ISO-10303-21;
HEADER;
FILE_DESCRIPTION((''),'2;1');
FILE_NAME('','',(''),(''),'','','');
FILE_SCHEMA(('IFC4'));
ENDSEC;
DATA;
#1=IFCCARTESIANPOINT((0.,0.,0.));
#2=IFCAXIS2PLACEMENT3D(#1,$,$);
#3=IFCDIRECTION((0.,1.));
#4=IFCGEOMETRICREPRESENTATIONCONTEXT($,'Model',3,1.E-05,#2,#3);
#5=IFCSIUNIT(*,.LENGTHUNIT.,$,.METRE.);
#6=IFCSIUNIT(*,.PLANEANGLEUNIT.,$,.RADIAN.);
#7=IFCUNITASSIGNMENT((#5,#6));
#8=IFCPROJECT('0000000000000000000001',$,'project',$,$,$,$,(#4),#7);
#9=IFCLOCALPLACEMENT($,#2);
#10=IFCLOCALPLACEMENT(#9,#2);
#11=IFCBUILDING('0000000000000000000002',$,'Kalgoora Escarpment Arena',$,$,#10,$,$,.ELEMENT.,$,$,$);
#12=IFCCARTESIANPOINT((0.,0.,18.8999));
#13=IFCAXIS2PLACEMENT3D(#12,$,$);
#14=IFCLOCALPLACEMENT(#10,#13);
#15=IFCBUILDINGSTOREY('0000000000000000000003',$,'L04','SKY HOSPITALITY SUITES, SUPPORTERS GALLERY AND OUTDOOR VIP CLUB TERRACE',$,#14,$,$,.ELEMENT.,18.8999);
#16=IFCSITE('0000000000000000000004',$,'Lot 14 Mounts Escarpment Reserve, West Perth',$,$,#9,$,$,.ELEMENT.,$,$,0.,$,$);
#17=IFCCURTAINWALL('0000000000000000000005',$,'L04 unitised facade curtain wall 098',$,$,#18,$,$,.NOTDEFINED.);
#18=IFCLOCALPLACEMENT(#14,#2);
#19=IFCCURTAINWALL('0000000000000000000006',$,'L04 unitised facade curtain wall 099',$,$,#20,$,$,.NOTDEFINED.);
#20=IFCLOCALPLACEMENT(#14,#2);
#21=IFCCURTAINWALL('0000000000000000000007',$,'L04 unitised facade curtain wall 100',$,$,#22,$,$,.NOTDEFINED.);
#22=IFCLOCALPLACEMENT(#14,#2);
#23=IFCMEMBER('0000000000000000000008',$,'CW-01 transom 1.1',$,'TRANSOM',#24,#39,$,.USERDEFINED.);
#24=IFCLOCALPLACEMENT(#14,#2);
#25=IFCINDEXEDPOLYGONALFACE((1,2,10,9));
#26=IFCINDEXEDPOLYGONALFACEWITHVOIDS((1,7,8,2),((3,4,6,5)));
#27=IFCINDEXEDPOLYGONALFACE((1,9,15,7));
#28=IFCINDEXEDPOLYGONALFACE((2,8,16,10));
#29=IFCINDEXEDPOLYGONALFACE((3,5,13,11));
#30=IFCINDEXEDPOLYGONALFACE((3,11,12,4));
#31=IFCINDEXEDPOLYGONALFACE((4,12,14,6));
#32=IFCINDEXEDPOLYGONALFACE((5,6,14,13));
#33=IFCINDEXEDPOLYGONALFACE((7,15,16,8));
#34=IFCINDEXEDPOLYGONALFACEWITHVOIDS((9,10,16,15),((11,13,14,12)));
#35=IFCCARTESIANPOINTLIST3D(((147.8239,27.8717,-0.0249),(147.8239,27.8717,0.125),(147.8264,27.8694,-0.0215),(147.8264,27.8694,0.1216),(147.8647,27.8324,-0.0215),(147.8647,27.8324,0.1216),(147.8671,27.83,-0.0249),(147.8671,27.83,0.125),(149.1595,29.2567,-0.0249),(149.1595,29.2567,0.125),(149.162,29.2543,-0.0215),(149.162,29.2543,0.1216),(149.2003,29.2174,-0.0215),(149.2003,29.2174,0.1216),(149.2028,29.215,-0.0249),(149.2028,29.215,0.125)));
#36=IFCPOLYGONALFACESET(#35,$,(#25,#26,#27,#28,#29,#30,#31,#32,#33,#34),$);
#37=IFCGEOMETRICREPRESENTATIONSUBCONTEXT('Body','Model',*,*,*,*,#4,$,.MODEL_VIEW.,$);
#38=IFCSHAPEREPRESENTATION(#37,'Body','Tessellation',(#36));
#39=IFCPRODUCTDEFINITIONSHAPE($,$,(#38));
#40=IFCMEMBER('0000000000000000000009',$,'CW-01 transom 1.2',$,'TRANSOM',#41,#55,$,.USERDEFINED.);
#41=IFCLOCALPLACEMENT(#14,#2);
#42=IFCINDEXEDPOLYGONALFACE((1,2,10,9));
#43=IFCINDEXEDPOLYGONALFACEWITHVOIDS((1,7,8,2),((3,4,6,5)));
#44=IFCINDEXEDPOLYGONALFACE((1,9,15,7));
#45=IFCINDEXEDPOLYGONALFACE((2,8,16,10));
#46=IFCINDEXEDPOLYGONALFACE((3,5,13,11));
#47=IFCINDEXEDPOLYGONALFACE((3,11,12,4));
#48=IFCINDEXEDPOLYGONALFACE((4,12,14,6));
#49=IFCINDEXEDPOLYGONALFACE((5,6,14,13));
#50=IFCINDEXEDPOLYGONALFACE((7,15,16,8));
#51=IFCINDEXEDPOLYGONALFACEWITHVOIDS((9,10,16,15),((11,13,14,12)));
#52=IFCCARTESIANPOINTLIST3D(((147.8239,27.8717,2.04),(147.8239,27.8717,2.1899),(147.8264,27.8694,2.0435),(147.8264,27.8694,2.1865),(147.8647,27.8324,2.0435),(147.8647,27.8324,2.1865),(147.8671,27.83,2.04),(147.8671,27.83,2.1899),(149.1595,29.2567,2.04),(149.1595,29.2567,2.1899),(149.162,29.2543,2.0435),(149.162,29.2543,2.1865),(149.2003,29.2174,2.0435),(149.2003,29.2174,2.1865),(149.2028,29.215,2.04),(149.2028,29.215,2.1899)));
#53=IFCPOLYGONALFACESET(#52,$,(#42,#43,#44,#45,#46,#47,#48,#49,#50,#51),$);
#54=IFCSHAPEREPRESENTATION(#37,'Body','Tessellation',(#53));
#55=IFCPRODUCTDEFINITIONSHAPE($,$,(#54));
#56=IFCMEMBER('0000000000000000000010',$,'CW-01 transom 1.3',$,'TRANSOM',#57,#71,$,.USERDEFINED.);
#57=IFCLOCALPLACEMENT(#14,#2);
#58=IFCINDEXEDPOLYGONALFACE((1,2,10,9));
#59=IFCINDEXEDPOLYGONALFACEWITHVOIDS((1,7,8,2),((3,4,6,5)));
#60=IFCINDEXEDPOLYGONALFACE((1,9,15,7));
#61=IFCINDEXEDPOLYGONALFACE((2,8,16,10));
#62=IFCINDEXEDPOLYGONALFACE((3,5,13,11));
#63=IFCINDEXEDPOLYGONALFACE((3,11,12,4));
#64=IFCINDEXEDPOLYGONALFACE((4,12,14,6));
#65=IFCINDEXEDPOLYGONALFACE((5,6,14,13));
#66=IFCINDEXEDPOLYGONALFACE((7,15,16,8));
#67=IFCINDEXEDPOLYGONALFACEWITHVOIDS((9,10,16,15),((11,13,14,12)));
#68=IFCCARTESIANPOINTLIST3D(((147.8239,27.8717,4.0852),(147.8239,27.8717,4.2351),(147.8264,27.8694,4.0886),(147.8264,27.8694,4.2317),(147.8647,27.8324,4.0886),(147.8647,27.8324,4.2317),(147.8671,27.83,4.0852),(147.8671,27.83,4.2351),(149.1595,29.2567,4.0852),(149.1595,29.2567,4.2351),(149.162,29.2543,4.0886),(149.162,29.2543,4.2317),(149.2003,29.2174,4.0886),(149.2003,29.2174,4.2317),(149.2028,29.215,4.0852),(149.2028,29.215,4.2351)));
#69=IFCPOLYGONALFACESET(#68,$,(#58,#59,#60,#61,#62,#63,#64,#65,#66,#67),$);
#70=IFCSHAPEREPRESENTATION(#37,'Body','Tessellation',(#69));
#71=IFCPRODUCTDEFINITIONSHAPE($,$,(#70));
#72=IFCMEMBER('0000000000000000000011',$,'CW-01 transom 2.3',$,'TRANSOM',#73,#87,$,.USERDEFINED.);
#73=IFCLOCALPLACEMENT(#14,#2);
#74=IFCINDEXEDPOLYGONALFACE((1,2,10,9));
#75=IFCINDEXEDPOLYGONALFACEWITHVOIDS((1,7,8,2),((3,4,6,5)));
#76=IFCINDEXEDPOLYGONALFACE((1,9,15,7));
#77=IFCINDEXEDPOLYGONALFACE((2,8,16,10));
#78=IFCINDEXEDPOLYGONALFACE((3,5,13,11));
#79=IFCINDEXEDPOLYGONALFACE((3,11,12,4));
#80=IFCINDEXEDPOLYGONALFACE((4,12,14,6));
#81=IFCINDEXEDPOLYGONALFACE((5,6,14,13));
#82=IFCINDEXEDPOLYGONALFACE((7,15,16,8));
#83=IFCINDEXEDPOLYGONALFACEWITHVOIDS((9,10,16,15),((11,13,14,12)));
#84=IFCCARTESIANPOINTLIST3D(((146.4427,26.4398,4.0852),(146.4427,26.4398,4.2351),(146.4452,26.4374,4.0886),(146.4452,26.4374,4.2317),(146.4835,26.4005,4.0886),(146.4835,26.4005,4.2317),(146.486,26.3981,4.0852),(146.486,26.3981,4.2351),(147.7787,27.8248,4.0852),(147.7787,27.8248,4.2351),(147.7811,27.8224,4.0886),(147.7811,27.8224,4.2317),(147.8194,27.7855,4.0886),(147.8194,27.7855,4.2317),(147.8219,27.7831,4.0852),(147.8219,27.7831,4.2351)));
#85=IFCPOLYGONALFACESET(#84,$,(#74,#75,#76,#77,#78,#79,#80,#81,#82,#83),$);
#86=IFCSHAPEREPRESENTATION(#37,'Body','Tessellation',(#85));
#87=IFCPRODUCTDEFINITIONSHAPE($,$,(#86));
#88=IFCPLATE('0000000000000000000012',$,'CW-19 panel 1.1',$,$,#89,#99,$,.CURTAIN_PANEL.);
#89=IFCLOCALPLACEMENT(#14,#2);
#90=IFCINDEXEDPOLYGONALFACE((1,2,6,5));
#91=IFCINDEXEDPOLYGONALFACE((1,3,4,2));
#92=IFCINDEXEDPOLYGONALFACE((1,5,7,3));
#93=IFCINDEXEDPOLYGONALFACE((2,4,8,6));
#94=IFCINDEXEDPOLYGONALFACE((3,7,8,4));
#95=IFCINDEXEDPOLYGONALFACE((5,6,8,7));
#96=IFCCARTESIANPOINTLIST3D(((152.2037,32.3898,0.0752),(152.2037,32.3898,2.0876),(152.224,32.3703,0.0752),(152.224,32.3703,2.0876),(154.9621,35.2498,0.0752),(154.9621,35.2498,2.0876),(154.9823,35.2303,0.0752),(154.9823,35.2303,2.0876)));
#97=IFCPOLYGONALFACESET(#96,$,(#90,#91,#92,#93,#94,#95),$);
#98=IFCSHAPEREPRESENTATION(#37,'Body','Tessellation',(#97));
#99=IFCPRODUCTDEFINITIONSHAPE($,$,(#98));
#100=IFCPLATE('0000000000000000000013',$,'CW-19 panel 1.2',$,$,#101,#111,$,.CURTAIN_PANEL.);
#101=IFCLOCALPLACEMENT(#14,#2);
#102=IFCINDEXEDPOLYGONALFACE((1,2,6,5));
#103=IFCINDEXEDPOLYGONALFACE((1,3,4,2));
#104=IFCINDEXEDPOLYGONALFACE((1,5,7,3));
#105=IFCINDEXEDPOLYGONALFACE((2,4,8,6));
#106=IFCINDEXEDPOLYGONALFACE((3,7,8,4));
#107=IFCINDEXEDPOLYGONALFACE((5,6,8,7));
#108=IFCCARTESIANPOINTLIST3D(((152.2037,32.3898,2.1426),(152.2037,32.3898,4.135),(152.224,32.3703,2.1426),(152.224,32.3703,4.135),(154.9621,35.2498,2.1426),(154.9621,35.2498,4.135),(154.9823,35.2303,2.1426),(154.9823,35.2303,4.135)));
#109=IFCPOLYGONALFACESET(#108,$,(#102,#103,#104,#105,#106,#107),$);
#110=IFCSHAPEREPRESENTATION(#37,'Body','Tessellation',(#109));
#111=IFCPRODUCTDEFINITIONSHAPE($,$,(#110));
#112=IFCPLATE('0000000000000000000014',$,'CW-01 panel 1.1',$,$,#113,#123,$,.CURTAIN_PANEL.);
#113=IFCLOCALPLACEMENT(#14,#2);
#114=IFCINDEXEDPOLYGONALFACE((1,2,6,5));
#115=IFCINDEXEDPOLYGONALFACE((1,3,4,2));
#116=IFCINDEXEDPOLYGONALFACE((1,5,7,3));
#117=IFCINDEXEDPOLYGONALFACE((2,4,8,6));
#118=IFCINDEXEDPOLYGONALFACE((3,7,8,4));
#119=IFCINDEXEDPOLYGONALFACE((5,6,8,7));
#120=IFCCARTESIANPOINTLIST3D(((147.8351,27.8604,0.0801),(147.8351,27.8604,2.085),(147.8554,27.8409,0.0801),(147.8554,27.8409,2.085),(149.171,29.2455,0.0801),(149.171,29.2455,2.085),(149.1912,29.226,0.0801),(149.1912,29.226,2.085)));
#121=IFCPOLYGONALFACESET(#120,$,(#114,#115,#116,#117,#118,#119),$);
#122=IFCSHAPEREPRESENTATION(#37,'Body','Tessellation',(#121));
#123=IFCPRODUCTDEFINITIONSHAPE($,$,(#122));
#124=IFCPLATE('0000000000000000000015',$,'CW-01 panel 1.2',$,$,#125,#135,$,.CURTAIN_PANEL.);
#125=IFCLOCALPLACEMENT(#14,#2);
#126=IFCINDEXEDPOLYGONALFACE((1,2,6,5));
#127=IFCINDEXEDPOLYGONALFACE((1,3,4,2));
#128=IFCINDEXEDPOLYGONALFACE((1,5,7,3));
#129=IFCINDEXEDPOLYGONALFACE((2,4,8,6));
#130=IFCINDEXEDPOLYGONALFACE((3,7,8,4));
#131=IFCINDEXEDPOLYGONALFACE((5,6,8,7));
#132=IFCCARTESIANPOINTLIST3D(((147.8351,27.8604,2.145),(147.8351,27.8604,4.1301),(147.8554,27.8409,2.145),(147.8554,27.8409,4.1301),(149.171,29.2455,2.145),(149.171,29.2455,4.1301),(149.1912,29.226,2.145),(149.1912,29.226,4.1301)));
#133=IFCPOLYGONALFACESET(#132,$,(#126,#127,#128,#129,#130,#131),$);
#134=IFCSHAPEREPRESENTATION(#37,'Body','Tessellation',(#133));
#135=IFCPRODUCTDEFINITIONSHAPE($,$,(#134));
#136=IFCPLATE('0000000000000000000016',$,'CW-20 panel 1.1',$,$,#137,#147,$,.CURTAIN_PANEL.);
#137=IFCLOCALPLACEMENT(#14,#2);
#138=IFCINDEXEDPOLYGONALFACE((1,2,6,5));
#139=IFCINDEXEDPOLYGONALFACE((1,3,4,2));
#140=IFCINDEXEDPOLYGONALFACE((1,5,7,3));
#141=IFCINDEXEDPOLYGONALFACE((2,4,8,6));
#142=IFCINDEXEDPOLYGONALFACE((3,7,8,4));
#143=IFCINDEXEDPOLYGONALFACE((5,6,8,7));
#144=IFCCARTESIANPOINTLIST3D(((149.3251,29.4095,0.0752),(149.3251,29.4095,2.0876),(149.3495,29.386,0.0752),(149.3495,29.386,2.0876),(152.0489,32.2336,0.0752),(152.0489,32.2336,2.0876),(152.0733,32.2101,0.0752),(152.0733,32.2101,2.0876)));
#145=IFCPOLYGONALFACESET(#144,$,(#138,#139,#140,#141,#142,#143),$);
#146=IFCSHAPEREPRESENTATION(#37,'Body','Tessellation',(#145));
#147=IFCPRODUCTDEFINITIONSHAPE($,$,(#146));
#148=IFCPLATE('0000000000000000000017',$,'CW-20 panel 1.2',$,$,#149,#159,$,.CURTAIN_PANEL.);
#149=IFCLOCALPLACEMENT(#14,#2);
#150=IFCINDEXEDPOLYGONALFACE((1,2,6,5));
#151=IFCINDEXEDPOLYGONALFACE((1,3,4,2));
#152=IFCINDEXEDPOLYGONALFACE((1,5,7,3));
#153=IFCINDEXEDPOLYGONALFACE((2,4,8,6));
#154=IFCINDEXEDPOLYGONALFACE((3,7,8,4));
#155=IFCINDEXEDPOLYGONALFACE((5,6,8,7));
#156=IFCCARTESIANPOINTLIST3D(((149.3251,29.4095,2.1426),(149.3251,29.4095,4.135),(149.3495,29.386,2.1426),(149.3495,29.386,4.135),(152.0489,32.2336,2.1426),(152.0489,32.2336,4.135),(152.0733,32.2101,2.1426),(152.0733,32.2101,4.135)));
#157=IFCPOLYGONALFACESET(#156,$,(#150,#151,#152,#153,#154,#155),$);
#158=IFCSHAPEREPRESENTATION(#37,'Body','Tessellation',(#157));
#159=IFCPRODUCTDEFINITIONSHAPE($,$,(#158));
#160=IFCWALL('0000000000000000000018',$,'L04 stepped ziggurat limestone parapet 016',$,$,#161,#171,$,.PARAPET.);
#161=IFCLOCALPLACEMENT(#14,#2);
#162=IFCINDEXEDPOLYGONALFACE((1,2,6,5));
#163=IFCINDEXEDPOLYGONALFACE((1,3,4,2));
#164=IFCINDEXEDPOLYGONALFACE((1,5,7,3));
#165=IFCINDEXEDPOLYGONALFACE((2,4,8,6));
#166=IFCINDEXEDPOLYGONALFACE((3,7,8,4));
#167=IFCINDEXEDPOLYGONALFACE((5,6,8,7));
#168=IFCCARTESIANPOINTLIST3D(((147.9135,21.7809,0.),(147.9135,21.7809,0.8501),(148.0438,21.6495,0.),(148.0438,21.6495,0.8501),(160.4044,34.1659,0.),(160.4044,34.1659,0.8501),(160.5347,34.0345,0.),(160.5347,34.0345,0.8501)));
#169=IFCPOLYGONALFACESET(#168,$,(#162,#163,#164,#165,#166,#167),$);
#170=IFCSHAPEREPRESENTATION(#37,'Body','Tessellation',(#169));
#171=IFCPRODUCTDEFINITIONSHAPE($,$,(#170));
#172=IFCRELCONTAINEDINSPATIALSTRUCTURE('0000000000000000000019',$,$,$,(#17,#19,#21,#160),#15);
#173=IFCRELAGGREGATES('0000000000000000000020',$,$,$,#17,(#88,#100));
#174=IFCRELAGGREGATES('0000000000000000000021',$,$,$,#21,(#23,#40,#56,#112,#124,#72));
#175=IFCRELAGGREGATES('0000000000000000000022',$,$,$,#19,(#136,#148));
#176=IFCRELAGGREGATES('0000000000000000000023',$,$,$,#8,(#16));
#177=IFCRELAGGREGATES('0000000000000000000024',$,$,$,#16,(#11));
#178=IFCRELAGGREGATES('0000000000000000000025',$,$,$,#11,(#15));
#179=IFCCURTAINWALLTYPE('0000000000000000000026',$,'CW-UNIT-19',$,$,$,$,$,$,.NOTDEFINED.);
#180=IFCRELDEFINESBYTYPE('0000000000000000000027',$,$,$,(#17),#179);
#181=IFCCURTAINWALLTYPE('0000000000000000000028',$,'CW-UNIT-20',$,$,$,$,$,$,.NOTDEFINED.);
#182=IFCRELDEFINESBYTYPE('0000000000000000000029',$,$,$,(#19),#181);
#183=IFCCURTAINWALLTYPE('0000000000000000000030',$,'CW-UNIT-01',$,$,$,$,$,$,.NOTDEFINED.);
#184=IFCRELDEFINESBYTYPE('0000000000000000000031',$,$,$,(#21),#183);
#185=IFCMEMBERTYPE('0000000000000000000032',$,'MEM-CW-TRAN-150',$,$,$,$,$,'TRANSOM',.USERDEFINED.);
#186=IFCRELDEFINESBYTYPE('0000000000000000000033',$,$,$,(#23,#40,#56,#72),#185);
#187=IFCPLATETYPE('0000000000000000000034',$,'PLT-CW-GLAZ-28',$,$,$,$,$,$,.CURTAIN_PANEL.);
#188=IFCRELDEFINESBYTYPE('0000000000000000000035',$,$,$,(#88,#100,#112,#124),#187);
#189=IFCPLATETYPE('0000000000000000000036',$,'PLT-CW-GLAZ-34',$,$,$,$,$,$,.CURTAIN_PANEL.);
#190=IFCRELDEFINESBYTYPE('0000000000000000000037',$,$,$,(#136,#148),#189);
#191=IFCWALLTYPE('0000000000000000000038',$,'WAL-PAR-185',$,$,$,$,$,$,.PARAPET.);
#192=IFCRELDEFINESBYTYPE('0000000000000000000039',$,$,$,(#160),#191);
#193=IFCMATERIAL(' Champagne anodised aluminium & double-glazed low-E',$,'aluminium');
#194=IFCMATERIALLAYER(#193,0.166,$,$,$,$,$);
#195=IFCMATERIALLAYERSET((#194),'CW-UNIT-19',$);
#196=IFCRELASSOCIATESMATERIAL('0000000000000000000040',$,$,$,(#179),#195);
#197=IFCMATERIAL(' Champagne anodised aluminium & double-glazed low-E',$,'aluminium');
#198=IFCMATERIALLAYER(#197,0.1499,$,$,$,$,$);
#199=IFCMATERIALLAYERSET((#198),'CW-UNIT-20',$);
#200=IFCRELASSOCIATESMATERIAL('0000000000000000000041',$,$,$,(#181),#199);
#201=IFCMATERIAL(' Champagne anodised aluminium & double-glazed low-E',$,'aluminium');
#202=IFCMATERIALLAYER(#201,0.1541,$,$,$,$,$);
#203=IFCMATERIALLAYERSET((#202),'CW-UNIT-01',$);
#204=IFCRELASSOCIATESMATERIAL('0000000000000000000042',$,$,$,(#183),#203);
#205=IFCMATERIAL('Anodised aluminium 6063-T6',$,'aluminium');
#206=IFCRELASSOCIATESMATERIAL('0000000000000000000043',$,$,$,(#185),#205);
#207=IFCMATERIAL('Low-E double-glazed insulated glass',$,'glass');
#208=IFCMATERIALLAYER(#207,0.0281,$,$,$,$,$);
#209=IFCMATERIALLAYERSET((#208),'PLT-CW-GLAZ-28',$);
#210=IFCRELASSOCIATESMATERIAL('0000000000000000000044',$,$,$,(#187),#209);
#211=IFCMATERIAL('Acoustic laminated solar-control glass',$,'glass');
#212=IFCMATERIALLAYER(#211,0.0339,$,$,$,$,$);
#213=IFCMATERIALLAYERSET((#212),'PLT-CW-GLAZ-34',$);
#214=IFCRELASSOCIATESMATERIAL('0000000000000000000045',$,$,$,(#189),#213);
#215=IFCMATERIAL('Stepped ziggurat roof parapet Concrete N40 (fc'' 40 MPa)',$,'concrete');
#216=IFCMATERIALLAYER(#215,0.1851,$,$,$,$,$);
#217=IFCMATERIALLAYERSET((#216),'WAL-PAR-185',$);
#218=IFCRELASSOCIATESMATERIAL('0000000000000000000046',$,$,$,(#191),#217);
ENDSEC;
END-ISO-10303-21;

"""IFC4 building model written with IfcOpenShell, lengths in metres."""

from ifc_helpers import new_model, si_unit, direction, frame, frame_2d, origin, origin_2d, place, context, subcontext, project, spatial, rectangle, hollow_rectangle, extrude, material, layer, layer_set, material_profile, profile_set, type_object, element, aggregate, save


model = new_model("IFC4")

# Units and contexts
model_context = context("Model", 3, precision=1e-05, world=origin(), true_north=direction((0.0, 1.0)))
body_context = subcontext(model_context, "Body", "Model", "MODEL_VIEW")
ifc_project = project(units=[si_unit("LENGTHUNIT", "METRE"), si_unit("PLANEANGLEUNIT", "RADIAN")], contexts=[model_context])

# Site, building, storey
site_placement = place(None, origin())
site = spatial("IfcSite", under=ifc_project, at=site_placement, Name="Lot 14 Mounts Escarpment Reserve, West Perth", CompositionType="ELEMENT", RefElevation=0.0)
building_placement = place(site_placement, origin())
building = spatial("IfcBuilding", under=site, at=building_placement, Name="Kalgoora Escarpment Arena", CompositionType="ELEMENT")
storey_placement = place(building_placement, frame((0.0, 0.0, 18.8999)))
storey = spatial("IfcBuildingStorey", under=building, at=storey_placement, Name="L04", Description="SKY HOSPITALITY SUITES, SUPPORTERS GALLERY AND OUTDOOR VIP CLUB TERRACE", CompositionType="ELEMENT", Elevation=18.8999)

# Curtain wall
ifc_material_1 = material(Name=" Champagne anodised aluminium & double-glazed low-E", Category="aluminium")
ifc_layer_1 = layer(ifc_material_1, 0.166)
ifc_layer_set_1 = layer_set([ifc_layer_1], Name="CW-UNIT-19")
curtain_wall_type_1 = type_object("IfcCurtainWallType", Name="CW-UNIT-19", PredefinedType="NOTDEFINED", material=ifc_layer_set_1)
curtain_wall_1_placement = place(storey_placement, origin())
curtain_wall_1 = element("IfcCurtainWall", 1, at=curtain_wall_1_placement, inside=storey, type_object=curtain_wall_type_1, Name="L04 unitised facade curtain wall 098", PredefinedType="NOTDEFINED")

# Curtain walls
ifc_material_2 = material(Name=" Champagne anodised aluminium & double-glazed low-E", Category="aluminium")
ifc_layer_2 = layer(ifc_material_2, 0.1499)
ifc_layer_set_2 = layer_set([ifc_layer_2], Name="CW-UNIT-20")
curtain_wall_type_2 = type_object("IfcCurtainWallType", Name="CW-UNIT-20", PredefinedType="NOTDEFINED", material=ifc_layer_set_2)
curtain_wall_2_placement = place(storey_placement, origin())
curtain_wall_2 = element("IfcCurtainWall", 2, at=curtain_wall_2_placement, inside=storey, type_object=curtain_wall_type_2, Name="L04 unitised facade curtain wall 099", PredefinedType="NOTDEFINED")
ifc_material_3 = material(Name=" Champagne anodised aluminium & double-glazed low-E", Category="aluminium")
ifc_layer_3 = layer(ifc_material_3, 0.1541)
ifc_layer_set_3 = layer_set([ifc_layer_3], Name="CW-UNIT-01")
curtain_wall_type_3 = type_object("IfcCurtainWallType", Name="CW-UNIT-01", PredefinedType="NOTDEFINED", material=ifc_layer_set_3)
curtain_wall_3_placement = place(storey_placement, origin())
curtain_wall_3 = element("IfcCurtainWall", 3, at=curtain_wall_3_placement, inside=storey, type_object=curtain_wall_type_3, Name="L04 unitised facade curtain wall 100", PredefinedType="NOTDEFINED")

# Members
ifc_material_4 = material(Name="Anodised aluminium 6063-T6", Category="aluminium")
ifc_material_profile_1 = material_profile(ifc_material_4, hollow_rectangle(XDim=0.0601, YDim=0.1499, WallThickness=0.0034, at=origin_2d()))
ifc_profile_set_1 = profile_set([ifc_material_profile_1], Name="Anodised aluminium 6063-T6")
member_type_1 = type_object("IfcMemberType", Name="MEM-CW-TRAN-150", ElementType="TRANSOM", PredefinedType="USERDEFINED", material=ifc_profile_set_1)
member_1_placement = place(storey_placement, frame((149.1812, 29.2358, 0.05), z_axis=(-0.694175, -0.719806, 0.0), x_axis=(0.719806, -0.694175, 0.0)))
member_1 = element("IfcMember", 4, at=member_1_placement, type_object=member_type_1, Name="CW-01 transom 1.1", ObjectType="TRANSOM", PredefinedType="USERDEFINED", context=body_context, shape_type="SweptSolid", body=[
    extrude(hollow_rectangle(XDim=0.0601, YDim=0.1499, WallThickness=0.0034, at=origin_2d()), origin(), (0.0, 0.0, 1.0), 1.9241),
])
member_2_placement = place(storey_placement, frame((149.1812, 29.2358, 2.115), z_axis=(-0.694175, -0.719806, 0.0), x_axis=(0.719806, -0.694175, 0.0)))
member_2 = element("IfcMember", 5, at=member_2_placement, type_object=member_type_1, Name="CW-01 transom 1.2", ObjectType="TRANSOM", PredefinedType="USERDEFINED", context=body_context, shape_type="SweptSolid", body=[
    extrude(hollow_rectangle(XDim=0.0601, YDim=0.1499, WallThickness=0.0034, at=origin_2d()), origin(), (0.0, 0.0, 1.0), 1.9241),
])
member_3_placement = place(storey_placement, frame((149.1812, 29.2358, 4.1602), z_axis=(-0.694175, -0.719806, 0.0), x_axis=(0.719806, -0.694175, 0.0)))
member_3 = element("IfcMember", 6, at=member_3_placement, type_object=member_type_1, Name="CW-01 transom 1.3", ObjectType="TRANSOM", PredefinedType="USERDEFINED", context=body_context, shape_type="SweptSolid", body=[
    extrude(hollow_rectangle(XDim=0.0601, YDim=0.1499, WallThickness=0.0034, at=origin_2d()), origin(), (0.0, 0.0, 1.0), 1.9241),
])
member_4_placement = place(storey_placement, frame((147.8003, 27.804, 4.1602), z_axis=(-0.694241, -0.719742, 0.0), x_axis=(0.719742, -0.694241, 0.0)))
member_4 = element("IfcMember", 7, at=member_4_placement, type_object=member_type_1, Name="CW-01 transom 2.3", ObjectType="TRANSOM", PredefinedType="USERDEFINED", context=body_context, shape_type="SweptSolid", body=[
    extrude(hollow_rectangle(XDim=0.0601, YDim=0.1499, WallThickness=0.0034, at=origin_2d()), origin(), (0.0, 0.0, 1.0), 1.9243),
])

# Plates
ifc_material_5 = material(Name="Low-E double-glazed insulated glass", Category="glass")
ifc_layer_4 = layer(ifc_material_5, 0.0281)
ifc_layer_set_4 = layer_set([ifc_layer_4], Name="PLT-CW-GLAZ-28")
plate_type_1 = type_object("IfcPlateType", Name="PLT-CW-GLAZ-28", PredefinedType="CURTAIN_PANEL", material=ifc_layer_set_4)
plate_1_placement = place(storey_placement, frame((153.593, 33.8101, 0.0752), z_axis=(0.0, 0.0, 1.0), x_axis=(-0.694202, -0.71978, 0.0)))
plate_1 = element("IfcPlate", 8, at=plate_1_placement, type_object=plate_type_1, Name="CW-19 panel 1.1", PredefinedType="CURTAIN_PANEL", context=body_context, shape_type="SweptSolid", body=[
    extrude(rectangle(XDim=3.9734, YDim=0.0281, at=origin_2d()), origin(), (0.0, 0.0, 1.0), 2.0125),
])
plate_2_placement = place(storey_placement, frame((153.593, 33.8101, 2.1426), z_axis=(0.0, 0.0, 1.0), x_axis=(-0.694202, -0.71978, 0.0)))
plate_2 = element("IfcPlate", 9, at=plate_2_placement, type_object=plate_type_1, Name="CW-19 panel 1.2", PredefinedType="CURTAIN_PANEL", context=body_context, shape_type="SweptSolid", body=[
    extrude(rectangle(XDim=3.9734, YDim=0.0281, at=origin_2d()), origin(), (0.0, 0.0, 1.0), 1.9924),
])
aggregate(curtain_wall_1, [plate_1, plate_2])
plate_3_placement = place(storey_placement, frame((148.5132, 28.5432, 0.0801), z_axis=(0.0, 0.0, 1.0), x_axis=(-0.694205, -0.719777, 0.0)))
plate_3 = element("IfcPlate", 10, at=plate_3_placement, type_object=plate_type_1, Name="CW-01 panel 1.1", PredefinedType="CURTAIN_PANEL", context=body_context, shape_type="SweptSolid", body=[
    extrude(rectangle(XDim=1.9243, YDim=0.0281, at=origin_2d()), origin(), (0.0, 0.0, 1.0), 2.0049),
])
plate_4_placement = place(storey_placement, frame((148.5132, 28.5432, 2.145), z_axis=(0.0, 0.0, 1.0), x_axis=(-0.694205, -0.719777, 0.0)))
plate_4 = element("IfcPlate", 11, at=plate_4_placement, type_object=plate_type_1, Name="CW-01 panel 1.2", PredefinedType="CURTAIN_PANEL", context=body_context, shape_type="SweptSolid", body=[
    extrude(rectangle(XDim=1.9243, YDim=0.0281, at=origin_2d()), origin(), (0.0, 0.0, 1.0), 1.9851),
])
aggregate(curtain_wall_3, [member_1, member_2, member_3, plate_3, plate_4, member_4])
ifc_material_6 = material(Name="Acoustic laminated solar-control glass", Category="glass")
ifc_layer_5 = layer(ifc_material_6, 0.0339)
ifc_layer_set_5 = layer_set([ifc_layer_5], Name="PLT-CW-GLAZ-34")
plate_type_2 = type_object("IfcPlateType", Name="PLT-CW-GLAZ-34", PredefinedType="CURTAIN_PANEL", material=ifc_layer_set_5)
plate_5_placement = place(storey_placement, frame((150.6992, 30.8098, 0.0752), z_axis=(0.0, 0.0, 1.0), x_axis=(-0.694205, -0.719777, 0.0)))
plate_5 = element("IfcPlate", 12, at=plate_5_placement, type_object=plate_type_2, Name="CW-20 panel 1.1", PredefinedType="CURTAIN_PANEL", context=body_context, shape_type="SweptSolid", body=[
    extrude(rectangle(XDim=3.9236, YDim=0.0339, at=origin_2d()), origin(), (0.0, 0.0, 1.0), 2.0125),
])
plate_6_placement = place(storey_placement, frame((150.6992, 30.8098, 2.1426), z_axis=(0.0, 0.0, 1.0), x_axis=(-0.694205, -0.719777, 0.0)))
plate_6 = element("IfcPlate", 13, at=plate_6_placement, type_object=plate_type_2, Name="CW-20 panel 1.2", PredefinedType="CURTAIN_PANEL", context=body_context, shape_type="SweptSolid", body=[
    extrude(rectangle(XDim=3.9236, YDim=0.0339, at=origin_2d()), origin(), (0.0, 0.0, 1.0), 1.9924),
])
aggregate(curtain_wall_2, [plate_5, plate_6])

# Wall
ifc_material_7 = material(Name="Stepped ziggurat roof parapet Concrete N40 (fc' 40 MPa)", Category="concrete")
ifc_layer_6 = layer(ifc_material_7, 0.1851)
ifc_layer_set_6 = layer_set([ifc_layer_6], Name="WAL-PAR-185")
wall_type = type_object("IfcWallType", Name="WAL-PAR-185", PredefinedType="PARAPET", material=ifc_layer_set_6)
wall_placement = place(storey_placement, frame((160.4695, 34.1001, 0.0), z_axis=(0.0, 0.0, 1.0), x_axis=(-0.710112, -0.704089, 0.0)))
element("IfcWall", 14, at=wall_placement, inside=storey, type_object=wall_type, Name="L04 stepped ziggurat limestone parapet 016", PredefinedType="PARAPET", context=body_context, shape_type="SweptSolid", body=[
    extrude(rectangle(XDim=17.5901, YDim=0.1851, at=frame_2d((8.7949, 0.0))), origin(), (0.0, 0.0, 1.0), 0.8501),
])

save(model, "model.ifc")
